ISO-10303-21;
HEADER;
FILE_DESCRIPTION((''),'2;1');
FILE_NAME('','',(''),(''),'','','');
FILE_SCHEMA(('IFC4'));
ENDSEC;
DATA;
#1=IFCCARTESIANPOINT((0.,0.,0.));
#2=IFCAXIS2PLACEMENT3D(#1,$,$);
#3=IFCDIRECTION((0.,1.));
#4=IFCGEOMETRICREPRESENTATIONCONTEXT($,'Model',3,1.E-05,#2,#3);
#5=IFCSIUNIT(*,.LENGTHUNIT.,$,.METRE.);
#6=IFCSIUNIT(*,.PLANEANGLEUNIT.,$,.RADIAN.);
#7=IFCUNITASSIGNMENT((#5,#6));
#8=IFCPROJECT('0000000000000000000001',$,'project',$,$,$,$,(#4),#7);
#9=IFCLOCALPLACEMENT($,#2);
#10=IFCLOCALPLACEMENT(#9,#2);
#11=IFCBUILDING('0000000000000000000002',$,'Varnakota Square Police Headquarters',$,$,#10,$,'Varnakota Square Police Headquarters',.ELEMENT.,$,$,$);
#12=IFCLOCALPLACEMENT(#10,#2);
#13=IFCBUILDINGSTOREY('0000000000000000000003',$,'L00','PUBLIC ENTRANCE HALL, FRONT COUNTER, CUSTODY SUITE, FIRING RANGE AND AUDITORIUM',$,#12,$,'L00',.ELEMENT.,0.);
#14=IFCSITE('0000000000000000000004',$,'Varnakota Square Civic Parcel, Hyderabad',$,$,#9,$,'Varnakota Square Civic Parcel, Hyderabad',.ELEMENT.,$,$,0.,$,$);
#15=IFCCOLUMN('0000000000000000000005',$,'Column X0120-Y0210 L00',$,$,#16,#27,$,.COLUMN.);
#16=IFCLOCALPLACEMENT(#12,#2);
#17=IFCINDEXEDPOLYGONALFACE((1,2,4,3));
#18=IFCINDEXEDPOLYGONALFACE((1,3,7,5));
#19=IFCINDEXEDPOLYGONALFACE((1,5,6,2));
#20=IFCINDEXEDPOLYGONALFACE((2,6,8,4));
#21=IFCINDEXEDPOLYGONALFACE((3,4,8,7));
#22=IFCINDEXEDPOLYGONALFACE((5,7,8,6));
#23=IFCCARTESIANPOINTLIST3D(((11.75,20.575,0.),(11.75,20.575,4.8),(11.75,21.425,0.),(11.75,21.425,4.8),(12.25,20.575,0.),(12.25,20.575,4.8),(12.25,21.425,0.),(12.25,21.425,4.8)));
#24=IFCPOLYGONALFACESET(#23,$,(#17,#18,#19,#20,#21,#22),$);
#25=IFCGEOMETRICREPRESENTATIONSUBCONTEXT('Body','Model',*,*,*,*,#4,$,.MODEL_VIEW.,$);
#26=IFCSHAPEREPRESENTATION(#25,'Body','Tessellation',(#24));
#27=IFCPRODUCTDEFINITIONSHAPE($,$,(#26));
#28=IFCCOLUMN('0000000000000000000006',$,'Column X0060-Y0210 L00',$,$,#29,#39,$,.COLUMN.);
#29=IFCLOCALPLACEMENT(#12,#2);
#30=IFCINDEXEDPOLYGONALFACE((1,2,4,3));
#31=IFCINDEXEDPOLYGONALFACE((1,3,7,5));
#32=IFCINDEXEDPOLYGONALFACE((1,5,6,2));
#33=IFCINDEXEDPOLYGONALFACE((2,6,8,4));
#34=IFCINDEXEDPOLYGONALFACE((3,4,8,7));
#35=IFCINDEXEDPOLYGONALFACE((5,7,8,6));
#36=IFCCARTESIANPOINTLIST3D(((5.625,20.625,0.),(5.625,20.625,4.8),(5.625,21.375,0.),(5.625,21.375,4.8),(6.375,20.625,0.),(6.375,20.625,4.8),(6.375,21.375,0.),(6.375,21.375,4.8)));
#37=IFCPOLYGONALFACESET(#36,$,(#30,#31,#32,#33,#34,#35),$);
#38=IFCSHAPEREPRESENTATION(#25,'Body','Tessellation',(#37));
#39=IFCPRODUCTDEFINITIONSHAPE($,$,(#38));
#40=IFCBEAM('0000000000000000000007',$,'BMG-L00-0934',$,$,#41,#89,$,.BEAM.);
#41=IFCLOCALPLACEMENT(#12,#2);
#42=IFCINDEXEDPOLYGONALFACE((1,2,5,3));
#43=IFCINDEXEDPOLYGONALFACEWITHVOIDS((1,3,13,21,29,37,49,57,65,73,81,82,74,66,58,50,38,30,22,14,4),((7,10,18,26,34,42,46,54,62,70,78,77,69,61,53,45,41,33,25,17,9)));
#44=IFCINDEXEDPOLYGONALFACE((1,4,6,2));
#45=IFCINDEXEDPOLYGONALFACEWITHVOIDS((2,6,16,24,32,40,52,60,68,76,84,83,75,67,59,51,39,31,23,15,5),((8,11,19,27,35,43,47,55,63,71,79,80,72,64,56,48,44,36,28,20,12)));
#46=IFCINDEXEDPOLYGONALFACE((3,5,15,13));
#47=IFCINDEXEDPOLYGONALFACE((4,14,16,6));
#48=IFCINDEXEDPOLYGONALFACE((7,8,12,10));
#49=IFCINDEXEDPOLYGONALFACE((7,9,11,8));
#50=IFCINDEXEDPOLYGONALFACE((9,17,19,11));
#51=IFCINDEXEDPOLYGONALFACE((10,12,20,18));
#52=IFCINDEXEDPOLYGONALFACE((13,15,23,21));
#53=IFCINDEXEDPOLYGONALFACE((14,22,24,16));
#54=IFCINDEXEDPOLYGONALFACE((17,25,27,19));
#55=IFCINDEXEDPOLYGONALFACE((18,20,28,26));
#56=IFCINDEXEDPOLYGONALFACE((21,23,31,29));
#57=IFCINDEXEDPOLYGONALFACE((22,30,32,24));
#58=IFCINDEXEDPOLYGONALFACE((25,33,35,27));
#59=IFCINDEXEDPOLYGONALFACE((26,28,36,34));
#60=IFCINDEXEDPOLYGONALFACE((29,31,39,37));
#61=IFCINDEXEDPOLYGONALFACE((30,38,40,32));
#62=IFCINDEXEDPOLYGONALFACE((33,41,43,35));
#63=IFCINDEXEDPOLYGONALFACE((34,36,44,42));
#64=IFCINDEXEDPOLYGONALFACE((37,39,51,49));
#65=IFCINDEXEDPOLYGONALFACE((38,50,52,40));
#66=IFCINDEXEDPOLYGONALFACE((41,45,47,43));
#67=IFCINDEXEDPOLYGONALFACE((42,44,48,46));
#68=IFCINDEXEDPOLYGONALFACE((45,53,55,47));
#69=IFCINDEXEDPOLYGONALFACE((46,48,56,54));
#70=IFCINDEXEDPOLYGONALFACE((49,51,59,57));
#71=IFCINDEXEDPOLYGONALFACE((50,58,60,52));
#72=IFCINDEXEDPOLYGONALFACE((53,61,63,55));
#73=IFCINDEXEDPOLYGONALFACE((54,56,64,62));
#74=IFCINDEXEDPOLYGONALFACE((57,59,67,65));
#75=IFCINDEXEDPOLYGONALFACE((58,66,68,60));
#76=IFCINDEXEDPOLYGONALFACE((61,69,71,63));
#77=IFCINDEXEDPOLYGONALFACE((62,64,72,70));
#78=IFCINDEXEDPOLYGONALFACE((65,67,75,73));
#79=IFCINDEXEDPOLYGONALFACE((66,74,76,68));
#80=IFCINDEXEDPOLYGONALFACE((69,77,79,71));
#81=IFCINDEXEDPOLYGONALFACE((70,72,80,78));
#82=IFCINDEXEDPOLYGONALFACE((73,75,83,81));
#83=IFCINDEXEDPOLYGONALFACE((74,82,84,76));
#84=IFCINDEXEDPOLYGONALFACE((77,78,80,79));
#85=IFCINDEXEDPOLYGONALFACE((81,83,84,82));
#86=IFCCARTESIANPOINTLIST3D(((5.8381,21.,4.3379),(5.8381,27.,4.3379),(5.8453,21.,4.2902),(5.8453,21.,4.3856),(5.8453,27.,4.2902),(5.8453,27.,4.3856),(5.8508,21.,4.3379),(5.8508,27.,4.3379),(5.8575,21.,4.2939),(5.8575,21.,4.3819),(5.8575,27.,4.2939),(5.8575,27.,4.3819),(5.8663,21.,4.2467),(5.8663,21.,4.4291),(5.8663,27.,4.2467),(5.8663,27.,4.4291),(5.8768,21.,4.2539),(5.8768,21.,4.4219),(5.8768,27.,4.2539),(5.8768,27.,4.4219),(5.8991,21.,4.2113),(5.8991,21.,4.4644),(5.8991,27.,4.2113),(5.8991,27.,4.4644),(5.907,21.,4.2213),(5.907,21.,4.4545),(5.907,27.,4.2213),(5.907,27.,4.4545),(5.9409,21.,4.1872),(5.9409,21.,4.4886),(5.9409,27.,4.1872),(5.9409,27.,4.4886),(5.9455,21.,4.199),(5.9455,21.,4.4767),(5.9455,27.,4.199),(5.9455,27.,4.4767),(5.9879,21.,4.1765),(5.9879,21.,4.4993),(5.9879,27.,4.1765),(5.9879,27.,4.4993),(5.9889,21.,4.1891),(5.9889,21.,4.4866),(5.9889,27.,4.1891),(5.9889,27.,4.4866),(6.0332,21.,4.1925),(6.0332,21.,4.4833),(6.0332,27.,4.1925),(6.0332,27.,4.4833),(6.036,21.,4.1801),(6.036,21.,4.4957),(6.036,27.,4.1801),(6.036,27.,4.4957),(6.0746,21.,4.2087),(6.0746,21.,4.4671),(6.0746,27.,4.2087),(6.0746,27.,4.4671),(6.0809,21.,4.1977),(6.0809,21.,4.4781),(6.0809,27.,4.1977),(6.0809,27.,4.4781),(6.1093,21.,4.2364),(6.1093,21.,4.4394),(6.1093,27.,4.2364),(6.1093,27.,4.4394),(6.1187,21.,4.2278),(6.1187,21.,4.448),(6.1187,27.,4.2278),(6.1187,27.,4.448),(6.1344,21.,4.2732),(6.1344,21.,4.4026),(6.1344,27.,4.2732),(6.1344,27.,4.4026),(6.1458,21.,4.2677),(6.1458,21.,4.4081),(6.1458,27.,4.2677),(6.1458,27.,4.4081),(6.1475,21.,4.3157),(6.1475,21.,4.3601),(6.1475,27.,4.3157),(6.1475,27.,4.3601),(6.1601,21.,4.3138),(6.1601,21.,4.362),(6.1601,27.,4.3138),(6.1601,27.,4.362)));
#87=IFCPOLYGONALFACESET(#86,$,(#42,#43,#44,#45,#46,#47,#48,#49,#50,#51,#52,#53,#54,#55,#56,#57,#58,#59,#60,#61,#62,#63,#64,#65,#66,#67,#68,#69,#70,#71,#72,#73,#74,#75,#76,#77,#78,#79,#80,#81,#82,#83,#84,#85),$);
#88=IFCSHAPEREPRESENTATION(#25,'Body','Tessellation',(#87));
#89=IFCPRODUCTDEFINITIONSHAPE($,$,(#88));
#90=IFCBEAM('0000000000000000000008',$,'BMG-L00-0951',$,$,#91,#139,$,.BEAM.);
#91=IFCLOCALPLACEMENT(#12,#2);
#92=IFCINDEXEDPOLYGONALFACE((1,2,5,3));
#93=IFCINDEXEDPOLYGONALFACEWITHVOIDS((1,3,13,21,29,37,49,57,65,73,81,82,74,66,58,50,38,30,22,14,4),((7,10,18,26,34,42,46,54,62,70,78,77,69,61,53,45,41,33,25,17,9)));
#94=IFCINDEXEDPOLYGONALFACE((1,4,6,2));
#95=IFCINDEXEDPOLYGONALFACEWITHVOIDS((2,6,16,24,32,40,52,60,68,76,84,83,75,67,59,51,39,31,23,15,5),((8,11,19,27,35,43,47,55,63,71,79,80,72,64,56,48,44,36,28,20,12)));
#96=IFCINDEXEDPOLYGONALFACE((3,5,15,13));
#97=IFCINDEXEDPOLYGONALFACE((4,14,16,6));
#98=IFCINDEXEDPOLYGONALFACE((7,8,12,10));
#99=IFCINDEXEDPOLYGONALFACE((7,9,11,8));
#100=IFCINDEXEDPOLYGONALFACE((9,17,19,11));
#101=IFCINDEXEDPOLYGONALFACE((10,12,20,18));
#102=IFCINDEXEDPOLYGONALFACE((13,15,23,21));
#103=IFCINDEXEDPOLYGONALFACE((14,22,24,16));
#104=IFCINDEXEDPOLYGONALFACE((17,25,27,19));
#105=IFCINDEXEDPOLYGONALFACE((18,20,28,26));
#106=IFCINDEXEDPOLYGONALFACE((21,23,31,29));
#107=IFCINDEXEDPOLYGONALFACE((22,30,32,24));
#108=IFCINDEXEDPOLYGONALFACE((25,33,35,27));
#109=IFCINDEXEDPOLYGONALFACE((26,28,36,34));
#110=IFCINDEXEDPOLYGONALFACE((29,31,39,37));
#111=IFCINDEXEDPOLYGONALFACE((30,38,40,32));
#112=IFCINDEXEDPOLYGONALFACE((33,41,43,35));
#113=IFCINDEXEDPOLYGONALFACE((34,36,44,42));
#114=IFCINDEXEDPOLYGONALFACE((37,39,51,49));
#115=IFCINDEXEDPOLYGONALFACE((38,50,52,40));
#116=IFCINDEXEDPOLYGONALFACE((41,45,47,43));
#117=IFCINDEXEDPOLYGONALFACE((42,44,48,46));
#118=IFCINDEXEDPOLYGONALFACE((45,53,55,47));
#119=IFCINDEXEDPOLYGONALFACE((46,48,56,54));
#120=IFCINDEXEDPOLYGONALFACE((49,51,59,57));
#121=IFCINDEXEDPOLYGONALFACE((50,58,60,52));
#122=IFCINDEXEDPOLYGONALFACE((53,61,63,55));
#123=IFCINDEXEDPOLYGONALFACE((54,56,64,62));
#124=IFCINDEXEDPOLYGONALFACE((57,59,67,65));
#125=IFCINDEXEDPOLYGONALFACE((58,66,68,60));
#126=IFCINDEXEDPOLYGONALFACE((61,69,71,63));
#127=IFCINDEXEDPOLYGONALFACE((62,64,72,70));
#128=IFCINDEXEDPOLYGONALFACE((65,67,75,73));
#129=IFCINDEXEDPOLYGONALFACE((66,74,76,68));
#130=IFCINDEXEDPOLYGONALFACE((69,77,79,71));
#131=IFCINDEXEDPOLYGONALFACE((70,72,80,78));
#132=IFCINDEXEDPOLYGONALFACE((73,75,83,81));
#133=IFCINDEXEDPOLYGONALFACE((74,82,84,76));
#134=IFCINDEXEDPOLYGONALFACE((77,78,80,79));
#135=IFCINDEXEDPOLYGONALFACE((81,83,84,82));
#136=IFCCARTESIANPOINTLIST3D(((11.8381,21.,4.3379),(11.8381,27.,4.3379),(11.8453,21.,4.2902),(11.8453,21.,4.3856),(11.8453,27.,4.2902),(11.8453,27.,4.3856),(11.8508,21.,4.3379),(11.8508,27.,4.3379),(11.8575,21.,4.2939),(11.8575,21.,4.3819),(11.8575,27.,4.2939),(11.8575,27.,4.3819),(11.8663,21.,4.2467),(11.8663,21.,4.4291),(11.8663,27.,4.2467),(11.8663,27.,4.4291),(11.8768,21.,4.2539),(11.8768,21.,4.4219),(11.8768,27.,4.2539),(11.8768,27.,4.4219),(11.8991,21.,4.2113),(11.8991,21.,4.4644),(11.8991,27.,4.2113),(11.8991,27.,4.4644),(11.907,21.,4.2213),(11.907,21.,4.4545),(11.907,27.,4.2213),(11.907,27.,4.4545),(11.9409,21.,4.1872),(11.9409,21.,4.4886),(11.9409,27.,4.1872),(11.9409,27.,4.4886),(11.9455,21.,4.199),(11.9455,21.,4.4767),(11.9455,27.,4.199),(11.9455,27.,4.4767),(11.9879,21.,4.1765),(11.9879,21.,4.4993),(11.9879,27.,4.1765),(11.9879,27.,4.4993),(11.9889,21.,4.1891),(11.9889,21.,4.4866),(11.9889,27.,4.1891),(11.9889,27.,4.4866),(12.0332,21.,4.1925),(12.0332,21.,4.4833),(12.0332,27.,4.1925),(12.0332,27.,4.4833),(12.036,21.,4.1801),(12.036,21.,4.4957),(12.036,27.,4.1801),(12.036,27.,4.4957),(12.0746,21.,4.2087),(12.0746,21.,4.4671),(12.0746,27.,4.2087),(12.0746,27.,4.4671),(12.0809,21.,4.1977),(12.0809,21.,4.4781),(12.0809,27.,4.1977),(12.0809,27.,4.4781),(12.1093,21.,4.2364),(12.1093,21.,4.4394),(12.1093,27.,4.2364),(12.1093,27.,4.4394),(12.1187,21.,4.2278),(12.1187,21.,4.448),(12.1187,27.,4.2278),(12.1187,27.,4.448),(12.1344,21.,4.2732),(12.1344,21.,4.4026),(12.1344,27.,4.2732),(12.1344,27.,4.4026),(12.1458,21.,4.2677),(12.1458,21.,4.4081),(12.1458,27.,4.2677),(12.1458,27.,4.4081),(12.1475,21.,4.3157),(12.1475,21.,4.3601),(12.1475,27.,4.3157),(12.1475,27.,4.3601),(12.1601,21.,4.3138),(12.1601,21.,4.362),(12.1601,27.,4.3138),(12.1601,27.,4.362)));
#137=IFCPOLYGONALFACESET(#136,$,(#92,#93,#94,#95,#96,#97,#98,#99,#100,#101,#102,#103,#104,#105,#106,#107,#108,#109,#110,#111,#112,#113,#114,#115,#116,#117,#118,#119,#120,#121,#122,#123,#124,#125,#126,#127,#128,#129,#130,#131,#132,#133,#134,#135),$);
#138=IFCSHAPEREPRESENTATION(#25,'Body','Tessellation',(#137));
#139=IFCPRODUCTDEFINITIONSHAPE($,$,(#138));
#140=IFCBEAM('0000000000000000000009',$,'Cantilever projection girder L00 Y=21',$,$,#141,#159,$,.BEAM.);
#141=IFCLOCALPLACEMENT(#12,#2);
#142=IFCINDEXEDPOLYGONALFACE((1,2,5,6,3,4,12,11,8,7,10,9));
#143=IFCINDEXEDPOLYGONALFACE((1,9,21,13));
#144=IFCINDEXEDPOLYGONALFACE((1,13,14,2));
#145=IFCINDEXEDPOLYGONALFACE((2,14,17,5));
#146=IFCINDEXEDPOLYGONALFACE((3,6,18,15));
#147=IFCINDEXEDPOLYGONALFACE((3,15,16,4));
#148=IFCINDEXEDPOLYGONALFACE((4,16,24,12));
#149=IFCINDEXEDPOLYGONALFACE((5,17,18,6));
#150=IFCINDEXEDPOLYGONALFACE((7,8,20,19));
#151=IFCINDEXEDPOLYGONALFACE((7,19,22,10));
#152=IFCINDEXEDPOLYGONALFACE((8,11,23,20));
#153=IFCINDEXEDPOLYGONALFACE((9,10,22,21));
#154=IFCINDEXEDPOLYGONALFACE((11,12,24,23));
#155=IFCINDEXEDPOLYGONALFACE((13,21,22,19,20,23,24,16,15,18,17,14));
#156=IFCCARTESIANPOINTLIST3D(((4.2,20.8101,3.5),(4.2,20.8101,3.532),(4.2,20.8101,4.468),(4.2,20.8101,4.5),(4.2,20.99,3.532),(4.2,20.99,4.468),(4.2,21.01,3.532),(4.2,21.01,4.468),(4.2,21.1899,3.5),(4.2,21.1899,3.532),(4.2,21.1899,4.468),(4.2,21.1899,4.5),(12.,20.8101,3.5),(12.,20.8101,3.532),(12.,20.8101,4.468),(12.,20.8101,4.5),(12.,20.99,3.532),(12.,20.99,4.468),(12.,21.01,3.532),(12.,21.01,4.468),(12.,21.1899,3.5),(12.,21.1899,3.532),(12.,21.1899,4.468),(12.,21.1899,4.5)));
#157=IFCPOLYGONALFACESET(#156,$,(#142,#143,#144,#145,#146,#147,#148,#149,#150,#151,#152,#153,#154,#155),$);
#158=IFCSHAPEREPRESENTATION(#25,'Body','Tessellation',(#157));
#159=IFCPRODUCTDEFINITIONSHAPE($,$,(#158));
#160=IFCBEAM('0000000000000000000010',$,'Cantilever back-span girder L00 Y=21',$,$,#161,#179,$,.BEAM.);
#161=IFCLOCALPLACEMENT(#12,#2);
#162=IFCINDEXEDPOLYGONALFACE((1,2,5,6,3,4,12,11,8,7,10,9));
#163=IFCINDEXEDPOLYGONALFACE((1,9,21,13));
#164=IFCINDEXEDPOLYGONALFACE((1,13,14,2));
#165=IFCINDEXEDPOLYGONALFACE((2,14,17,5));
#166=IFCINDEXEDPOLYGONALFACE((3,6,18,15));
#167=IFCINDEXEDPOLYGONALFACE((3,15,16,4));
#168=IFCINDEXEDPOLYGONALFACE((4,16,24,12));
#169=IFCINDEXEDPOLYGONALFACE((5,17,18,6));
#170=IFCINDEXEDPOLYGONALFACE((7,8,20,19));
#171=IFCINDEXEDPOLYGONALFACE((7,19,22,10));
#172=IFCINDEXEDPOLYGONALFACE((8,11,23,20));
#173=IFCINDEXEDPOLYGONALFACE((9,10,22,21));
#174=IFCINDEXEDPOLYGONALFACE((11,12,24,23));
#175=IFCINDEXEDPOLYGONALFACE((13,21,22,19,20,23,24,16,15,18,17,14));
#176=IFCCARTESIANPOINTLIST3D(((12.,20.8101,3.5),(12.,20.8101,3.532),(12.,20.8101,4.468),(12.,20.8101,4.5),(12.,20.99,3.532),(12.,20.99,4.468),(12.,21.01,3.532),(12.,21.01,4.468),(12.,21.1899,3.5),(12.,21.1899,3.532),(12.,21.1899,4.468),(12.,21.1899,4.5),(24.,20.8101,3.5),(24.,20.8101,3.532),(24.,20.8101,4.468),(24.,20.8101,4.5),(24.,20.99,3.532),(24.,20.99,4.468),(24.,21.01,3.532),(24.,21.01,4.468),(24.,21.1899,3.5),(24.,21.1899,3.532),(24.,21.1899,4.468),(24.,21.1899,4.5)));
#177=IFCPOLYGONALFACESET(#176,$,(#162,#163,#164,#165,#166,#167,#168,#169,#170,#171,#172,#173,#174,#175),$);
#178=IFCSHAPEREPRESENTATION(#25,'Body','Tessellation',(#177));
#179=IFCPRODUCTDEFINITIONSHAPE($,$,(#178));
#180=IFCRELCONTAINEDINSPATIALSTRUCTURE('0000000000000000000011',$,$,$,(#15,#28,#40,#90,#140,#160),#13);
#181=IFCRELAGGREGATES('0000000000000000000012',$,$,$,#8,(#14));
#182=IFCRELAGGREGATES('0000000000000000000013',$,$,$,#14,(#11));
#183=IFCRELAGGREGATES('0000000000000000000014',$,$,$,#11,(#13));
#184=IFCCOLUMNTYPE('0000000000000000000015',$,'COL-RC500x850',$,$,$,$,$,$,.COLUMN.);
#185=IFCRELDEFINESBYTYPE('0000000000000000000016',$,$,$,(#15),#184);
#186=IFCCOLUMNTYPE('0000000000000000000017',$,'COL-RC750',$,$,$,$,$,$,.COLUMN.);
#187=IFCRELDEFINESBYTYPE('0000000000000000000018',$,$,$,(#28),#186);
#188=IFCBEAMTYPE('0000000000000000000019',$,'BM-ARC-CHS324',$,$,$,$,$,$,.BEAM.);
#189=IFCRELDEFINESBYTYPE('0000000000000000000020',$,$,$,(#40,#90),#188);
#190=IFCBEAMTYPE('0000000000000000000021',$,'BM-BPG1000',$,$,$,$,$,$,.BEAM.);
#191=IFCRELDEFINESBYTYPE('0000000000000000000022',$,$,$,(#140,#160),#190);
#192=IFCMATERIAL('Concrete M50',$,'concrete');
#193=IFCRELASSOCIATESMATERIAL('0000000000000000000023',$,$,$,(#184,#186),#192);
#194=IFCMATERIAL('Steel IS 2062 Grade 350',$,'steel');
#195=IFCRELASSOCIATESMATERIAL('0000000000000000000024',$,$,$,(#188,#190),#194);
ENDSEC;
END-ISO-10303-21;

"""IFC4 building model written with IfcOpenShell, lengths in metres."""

from ifc_helpers import new_model, si_unit, direction, frame, origin, origin_2d, place, context, subcontext, project, spatial, rectangle, hollow_circle, i_section, extrude, material, material_profile, profile_set, type_object, element, save


model = new_model("IFC4")

# Units and contexts
model_context = context("Model", 3, precision=1e-05, world=origin(), true_north=direction((0.0, 1.0)))
body_context = subcontext(model_context, "Body", "Model", "MODEL_VIEW")
ifc_project = project(units=[si_unit("LENGTHUNIT", "METRE"), si_unit("PLANEANGLEUNIT", "RADIAN")], contexts=[model_context])

# Site, building, storey
site_placement = place(None, origin())
site = spatial("IfcSite", under=ifc_project, at=site_placement, Name="Varnakota Square Civic Parcel, Hyderabad", LongName="Varnakota Square Civic Parcel, Hyderabad", CompositionType="ELEMENT", RefElevation=0.0)
building_placement = place(site_placement, origin())
building = spatial("IfcBuilding", under=site, at=building_placement, Name="Varnakota Square Police Headquarters", LongName="Varnakota Square Police Headquarters", CompositionType="ELEMENT")
storey_placement = place(building_placement, origin())
storey = spatial("IfcBuildingStorey", under=building, at=storey_placement, Name="L00", Description="PUBLIC ENTRANCE HALL, FRONT COUNTER, CUSTODY SUITE, FIRING RANGE AND AUDITORIUM", LongName="L00", CompositionType="ELEMENT", Elevation=0.0)

# Columns
ifc_material_1 = material(Name="Concrete M50", Category="concrete")
ifc_material_profile_1 = material_profile(ifc_material_1, rectangle(XDim=0.5, YDim=0.8501, at=origin_2d()), Name="RC 500x850")
ifc_profile_set_1 = profile_set([ifc_material_profile_1], Name="Concrete M50")
column_type_1 = type_object("IfcColumnType", Name="COL-RC500x850", PredefinedType="COLUMN", material=ifc_profile_set_1)
column_1_placement = place(storey_placement, frame((12.0, 21.0, 0.0), z_axis=(0.0, 0.0, 1.0), x_axis=(1.0, 0.0, 0.0)))
element("IfcColumn", 1, at=column_1_placement, inside=storey, type_object=column_type_1, Name="Column X0120-Y0210 L00", PredefinedType="COLUMN", context=body_context, shape_type="SweptSolid", body=[
    extrude(rectangle(XDim=0.5, YDim=0.8501, at=origin_2d()), origin(), (0.0, 0.0, 1.0), 4.8),
])
ifc_material_profile_2 = material_profile(ifc_material_1, rectangle(XDim=0.75, YDim=0.75, at=origin_2d()), Name="RC 750x750")
ifc_profile_set_2 = profile_set([ifc_material_profile_2], Name="Concrete M50")
column_type_2 = type_object("IfcColumnType", Name="COL-RC750", PredefinedType="COLUMN", material=ifc_profile_set_2)
column_2_placement = place(storey_placement, frame((6.0, 21.0, 0.0), z_axis=(0.0, 0.0, 1.0), x_axis=(1.0, 0.0, 0.0)))
element("IfcColumn", 2, at=column_2_placement, inside=storey, type_object=column_type_2, Name="Column X0060-Y0210 L00", PredefinedType="COLUMN", context=body_context, shape_type="SweptSolid", body=[
    extrude(rectangle(XDim=0.75, YDim=0.75, at=origin_2d()), origin(), (0.0, 0.0, 1.0), 4.8),
])

# Beams
ifc_material_2 = material(Name="Steel IS 2062 Grade 350", Category="steel")
ifc_material_profile_3 = material_profile(ifc_material_2, hollow_circle(Radius=0.1619, WallThickness=0.0127, at=origin_2d()), Name="CHS 323.9x12.7")
ifc_profile_set_3 = profile_set([ifc_material_profile_3], Name="Steel IS 2062 Grade 350")
beam_type_1 = type_object("IfcBeamType", Name="BM-ARC-CHS324", PredefinedType="BEAM", material=ifc_profile_set_3)
for number, where, z_axis, x_axis, name in (
    (3, (6.0, 21.0, 4.3379), (0.0, 1.0, 0.0), (-1.0, 0.0, 0.0), "BMG-L00-0934"),
    (4, (12.0, 21.0, 4.3379), (0.0, 1.0, 0.0), (-1.0, 0.0, 0.0), "BMG-L00-0951"),
):
    element("IfcBeam", number, at=place(storey_placement, frame(where, z_axis=z_axis, x_axis=x_axis)), inside=storey, type_object=beam_type_1, Name=name, PredefinedType="BEAM", context=body_context, shape_type="SweptSolid", body=[
        extrude(hollow_circle(Radius=0.1619, WallThickness=0.0127, at=origin_2d()), origin(), (0.0, 0.0, 1.0), 6.0),
    ])
ifc_material_profile_4 = material_profile(ifc_material_2, i_section(OverallWidth=0.3799, OverallDepth=1.0, WebThickness=0.02, FlangeThickness=0.032, at=origin_2d()), Name="BPG 1000x380")
ifc_profile_set_4 = profile_set([ifc_material_profile_4], Name="Steel IS 2062 Grade 350")
beam_type_2 = type_object("IfcBeamType", Name="BM-BPG1000", PredefinedType="BEAM", material=ifc_profile_set_4)
beam_1_placement = place(storey_placement, frame((4.2, 21.0, 4.0), z_axis=(1.0, 0.0, 0.0), x_axis=(0.0, 1.0, 0.0)))
element("IfcBeam", 5, at=beam_1_placement, inside=storey, type_object=beam_type_2, Name="Cantilever projection girder L00 Y=21", PredefinedType="BEAM", context=body_context, shape_type="SweptSolid", body=[
    extrude(i_section(OverallWidth=0.3799, OverallDepth=1.0, WebThickness=0.02, FlangeThickness=0.032, at=origin_2d()), origin(), (0.0, 0.0, 1.0), 7.8),
])
beam_2_placement = place(storey_placement, frame((12.0, 21.0, 4.0), z_axis=(1.0, 0.0, 0.0), x_axis=(0.0, 1.0, 0.0)))
element("IfcBeam", 6, at=beam_2_placement, inside=storey, type_object=beam_type_2, Name="Cantilever back-span girder L00 Y=21", PredefinedType="BEAM", context=body_context, shape_type="SweptSolid", body=[
    extrude(i_section(OverallWidth=0.3799, OverallDepth=1.0, WebThickness=0.02, FlangeThickness=0.032, at=origin_2d()), origin(), (0.0, 0.0, 1.0), 12.0),
])

save(model, "model.ifc")
